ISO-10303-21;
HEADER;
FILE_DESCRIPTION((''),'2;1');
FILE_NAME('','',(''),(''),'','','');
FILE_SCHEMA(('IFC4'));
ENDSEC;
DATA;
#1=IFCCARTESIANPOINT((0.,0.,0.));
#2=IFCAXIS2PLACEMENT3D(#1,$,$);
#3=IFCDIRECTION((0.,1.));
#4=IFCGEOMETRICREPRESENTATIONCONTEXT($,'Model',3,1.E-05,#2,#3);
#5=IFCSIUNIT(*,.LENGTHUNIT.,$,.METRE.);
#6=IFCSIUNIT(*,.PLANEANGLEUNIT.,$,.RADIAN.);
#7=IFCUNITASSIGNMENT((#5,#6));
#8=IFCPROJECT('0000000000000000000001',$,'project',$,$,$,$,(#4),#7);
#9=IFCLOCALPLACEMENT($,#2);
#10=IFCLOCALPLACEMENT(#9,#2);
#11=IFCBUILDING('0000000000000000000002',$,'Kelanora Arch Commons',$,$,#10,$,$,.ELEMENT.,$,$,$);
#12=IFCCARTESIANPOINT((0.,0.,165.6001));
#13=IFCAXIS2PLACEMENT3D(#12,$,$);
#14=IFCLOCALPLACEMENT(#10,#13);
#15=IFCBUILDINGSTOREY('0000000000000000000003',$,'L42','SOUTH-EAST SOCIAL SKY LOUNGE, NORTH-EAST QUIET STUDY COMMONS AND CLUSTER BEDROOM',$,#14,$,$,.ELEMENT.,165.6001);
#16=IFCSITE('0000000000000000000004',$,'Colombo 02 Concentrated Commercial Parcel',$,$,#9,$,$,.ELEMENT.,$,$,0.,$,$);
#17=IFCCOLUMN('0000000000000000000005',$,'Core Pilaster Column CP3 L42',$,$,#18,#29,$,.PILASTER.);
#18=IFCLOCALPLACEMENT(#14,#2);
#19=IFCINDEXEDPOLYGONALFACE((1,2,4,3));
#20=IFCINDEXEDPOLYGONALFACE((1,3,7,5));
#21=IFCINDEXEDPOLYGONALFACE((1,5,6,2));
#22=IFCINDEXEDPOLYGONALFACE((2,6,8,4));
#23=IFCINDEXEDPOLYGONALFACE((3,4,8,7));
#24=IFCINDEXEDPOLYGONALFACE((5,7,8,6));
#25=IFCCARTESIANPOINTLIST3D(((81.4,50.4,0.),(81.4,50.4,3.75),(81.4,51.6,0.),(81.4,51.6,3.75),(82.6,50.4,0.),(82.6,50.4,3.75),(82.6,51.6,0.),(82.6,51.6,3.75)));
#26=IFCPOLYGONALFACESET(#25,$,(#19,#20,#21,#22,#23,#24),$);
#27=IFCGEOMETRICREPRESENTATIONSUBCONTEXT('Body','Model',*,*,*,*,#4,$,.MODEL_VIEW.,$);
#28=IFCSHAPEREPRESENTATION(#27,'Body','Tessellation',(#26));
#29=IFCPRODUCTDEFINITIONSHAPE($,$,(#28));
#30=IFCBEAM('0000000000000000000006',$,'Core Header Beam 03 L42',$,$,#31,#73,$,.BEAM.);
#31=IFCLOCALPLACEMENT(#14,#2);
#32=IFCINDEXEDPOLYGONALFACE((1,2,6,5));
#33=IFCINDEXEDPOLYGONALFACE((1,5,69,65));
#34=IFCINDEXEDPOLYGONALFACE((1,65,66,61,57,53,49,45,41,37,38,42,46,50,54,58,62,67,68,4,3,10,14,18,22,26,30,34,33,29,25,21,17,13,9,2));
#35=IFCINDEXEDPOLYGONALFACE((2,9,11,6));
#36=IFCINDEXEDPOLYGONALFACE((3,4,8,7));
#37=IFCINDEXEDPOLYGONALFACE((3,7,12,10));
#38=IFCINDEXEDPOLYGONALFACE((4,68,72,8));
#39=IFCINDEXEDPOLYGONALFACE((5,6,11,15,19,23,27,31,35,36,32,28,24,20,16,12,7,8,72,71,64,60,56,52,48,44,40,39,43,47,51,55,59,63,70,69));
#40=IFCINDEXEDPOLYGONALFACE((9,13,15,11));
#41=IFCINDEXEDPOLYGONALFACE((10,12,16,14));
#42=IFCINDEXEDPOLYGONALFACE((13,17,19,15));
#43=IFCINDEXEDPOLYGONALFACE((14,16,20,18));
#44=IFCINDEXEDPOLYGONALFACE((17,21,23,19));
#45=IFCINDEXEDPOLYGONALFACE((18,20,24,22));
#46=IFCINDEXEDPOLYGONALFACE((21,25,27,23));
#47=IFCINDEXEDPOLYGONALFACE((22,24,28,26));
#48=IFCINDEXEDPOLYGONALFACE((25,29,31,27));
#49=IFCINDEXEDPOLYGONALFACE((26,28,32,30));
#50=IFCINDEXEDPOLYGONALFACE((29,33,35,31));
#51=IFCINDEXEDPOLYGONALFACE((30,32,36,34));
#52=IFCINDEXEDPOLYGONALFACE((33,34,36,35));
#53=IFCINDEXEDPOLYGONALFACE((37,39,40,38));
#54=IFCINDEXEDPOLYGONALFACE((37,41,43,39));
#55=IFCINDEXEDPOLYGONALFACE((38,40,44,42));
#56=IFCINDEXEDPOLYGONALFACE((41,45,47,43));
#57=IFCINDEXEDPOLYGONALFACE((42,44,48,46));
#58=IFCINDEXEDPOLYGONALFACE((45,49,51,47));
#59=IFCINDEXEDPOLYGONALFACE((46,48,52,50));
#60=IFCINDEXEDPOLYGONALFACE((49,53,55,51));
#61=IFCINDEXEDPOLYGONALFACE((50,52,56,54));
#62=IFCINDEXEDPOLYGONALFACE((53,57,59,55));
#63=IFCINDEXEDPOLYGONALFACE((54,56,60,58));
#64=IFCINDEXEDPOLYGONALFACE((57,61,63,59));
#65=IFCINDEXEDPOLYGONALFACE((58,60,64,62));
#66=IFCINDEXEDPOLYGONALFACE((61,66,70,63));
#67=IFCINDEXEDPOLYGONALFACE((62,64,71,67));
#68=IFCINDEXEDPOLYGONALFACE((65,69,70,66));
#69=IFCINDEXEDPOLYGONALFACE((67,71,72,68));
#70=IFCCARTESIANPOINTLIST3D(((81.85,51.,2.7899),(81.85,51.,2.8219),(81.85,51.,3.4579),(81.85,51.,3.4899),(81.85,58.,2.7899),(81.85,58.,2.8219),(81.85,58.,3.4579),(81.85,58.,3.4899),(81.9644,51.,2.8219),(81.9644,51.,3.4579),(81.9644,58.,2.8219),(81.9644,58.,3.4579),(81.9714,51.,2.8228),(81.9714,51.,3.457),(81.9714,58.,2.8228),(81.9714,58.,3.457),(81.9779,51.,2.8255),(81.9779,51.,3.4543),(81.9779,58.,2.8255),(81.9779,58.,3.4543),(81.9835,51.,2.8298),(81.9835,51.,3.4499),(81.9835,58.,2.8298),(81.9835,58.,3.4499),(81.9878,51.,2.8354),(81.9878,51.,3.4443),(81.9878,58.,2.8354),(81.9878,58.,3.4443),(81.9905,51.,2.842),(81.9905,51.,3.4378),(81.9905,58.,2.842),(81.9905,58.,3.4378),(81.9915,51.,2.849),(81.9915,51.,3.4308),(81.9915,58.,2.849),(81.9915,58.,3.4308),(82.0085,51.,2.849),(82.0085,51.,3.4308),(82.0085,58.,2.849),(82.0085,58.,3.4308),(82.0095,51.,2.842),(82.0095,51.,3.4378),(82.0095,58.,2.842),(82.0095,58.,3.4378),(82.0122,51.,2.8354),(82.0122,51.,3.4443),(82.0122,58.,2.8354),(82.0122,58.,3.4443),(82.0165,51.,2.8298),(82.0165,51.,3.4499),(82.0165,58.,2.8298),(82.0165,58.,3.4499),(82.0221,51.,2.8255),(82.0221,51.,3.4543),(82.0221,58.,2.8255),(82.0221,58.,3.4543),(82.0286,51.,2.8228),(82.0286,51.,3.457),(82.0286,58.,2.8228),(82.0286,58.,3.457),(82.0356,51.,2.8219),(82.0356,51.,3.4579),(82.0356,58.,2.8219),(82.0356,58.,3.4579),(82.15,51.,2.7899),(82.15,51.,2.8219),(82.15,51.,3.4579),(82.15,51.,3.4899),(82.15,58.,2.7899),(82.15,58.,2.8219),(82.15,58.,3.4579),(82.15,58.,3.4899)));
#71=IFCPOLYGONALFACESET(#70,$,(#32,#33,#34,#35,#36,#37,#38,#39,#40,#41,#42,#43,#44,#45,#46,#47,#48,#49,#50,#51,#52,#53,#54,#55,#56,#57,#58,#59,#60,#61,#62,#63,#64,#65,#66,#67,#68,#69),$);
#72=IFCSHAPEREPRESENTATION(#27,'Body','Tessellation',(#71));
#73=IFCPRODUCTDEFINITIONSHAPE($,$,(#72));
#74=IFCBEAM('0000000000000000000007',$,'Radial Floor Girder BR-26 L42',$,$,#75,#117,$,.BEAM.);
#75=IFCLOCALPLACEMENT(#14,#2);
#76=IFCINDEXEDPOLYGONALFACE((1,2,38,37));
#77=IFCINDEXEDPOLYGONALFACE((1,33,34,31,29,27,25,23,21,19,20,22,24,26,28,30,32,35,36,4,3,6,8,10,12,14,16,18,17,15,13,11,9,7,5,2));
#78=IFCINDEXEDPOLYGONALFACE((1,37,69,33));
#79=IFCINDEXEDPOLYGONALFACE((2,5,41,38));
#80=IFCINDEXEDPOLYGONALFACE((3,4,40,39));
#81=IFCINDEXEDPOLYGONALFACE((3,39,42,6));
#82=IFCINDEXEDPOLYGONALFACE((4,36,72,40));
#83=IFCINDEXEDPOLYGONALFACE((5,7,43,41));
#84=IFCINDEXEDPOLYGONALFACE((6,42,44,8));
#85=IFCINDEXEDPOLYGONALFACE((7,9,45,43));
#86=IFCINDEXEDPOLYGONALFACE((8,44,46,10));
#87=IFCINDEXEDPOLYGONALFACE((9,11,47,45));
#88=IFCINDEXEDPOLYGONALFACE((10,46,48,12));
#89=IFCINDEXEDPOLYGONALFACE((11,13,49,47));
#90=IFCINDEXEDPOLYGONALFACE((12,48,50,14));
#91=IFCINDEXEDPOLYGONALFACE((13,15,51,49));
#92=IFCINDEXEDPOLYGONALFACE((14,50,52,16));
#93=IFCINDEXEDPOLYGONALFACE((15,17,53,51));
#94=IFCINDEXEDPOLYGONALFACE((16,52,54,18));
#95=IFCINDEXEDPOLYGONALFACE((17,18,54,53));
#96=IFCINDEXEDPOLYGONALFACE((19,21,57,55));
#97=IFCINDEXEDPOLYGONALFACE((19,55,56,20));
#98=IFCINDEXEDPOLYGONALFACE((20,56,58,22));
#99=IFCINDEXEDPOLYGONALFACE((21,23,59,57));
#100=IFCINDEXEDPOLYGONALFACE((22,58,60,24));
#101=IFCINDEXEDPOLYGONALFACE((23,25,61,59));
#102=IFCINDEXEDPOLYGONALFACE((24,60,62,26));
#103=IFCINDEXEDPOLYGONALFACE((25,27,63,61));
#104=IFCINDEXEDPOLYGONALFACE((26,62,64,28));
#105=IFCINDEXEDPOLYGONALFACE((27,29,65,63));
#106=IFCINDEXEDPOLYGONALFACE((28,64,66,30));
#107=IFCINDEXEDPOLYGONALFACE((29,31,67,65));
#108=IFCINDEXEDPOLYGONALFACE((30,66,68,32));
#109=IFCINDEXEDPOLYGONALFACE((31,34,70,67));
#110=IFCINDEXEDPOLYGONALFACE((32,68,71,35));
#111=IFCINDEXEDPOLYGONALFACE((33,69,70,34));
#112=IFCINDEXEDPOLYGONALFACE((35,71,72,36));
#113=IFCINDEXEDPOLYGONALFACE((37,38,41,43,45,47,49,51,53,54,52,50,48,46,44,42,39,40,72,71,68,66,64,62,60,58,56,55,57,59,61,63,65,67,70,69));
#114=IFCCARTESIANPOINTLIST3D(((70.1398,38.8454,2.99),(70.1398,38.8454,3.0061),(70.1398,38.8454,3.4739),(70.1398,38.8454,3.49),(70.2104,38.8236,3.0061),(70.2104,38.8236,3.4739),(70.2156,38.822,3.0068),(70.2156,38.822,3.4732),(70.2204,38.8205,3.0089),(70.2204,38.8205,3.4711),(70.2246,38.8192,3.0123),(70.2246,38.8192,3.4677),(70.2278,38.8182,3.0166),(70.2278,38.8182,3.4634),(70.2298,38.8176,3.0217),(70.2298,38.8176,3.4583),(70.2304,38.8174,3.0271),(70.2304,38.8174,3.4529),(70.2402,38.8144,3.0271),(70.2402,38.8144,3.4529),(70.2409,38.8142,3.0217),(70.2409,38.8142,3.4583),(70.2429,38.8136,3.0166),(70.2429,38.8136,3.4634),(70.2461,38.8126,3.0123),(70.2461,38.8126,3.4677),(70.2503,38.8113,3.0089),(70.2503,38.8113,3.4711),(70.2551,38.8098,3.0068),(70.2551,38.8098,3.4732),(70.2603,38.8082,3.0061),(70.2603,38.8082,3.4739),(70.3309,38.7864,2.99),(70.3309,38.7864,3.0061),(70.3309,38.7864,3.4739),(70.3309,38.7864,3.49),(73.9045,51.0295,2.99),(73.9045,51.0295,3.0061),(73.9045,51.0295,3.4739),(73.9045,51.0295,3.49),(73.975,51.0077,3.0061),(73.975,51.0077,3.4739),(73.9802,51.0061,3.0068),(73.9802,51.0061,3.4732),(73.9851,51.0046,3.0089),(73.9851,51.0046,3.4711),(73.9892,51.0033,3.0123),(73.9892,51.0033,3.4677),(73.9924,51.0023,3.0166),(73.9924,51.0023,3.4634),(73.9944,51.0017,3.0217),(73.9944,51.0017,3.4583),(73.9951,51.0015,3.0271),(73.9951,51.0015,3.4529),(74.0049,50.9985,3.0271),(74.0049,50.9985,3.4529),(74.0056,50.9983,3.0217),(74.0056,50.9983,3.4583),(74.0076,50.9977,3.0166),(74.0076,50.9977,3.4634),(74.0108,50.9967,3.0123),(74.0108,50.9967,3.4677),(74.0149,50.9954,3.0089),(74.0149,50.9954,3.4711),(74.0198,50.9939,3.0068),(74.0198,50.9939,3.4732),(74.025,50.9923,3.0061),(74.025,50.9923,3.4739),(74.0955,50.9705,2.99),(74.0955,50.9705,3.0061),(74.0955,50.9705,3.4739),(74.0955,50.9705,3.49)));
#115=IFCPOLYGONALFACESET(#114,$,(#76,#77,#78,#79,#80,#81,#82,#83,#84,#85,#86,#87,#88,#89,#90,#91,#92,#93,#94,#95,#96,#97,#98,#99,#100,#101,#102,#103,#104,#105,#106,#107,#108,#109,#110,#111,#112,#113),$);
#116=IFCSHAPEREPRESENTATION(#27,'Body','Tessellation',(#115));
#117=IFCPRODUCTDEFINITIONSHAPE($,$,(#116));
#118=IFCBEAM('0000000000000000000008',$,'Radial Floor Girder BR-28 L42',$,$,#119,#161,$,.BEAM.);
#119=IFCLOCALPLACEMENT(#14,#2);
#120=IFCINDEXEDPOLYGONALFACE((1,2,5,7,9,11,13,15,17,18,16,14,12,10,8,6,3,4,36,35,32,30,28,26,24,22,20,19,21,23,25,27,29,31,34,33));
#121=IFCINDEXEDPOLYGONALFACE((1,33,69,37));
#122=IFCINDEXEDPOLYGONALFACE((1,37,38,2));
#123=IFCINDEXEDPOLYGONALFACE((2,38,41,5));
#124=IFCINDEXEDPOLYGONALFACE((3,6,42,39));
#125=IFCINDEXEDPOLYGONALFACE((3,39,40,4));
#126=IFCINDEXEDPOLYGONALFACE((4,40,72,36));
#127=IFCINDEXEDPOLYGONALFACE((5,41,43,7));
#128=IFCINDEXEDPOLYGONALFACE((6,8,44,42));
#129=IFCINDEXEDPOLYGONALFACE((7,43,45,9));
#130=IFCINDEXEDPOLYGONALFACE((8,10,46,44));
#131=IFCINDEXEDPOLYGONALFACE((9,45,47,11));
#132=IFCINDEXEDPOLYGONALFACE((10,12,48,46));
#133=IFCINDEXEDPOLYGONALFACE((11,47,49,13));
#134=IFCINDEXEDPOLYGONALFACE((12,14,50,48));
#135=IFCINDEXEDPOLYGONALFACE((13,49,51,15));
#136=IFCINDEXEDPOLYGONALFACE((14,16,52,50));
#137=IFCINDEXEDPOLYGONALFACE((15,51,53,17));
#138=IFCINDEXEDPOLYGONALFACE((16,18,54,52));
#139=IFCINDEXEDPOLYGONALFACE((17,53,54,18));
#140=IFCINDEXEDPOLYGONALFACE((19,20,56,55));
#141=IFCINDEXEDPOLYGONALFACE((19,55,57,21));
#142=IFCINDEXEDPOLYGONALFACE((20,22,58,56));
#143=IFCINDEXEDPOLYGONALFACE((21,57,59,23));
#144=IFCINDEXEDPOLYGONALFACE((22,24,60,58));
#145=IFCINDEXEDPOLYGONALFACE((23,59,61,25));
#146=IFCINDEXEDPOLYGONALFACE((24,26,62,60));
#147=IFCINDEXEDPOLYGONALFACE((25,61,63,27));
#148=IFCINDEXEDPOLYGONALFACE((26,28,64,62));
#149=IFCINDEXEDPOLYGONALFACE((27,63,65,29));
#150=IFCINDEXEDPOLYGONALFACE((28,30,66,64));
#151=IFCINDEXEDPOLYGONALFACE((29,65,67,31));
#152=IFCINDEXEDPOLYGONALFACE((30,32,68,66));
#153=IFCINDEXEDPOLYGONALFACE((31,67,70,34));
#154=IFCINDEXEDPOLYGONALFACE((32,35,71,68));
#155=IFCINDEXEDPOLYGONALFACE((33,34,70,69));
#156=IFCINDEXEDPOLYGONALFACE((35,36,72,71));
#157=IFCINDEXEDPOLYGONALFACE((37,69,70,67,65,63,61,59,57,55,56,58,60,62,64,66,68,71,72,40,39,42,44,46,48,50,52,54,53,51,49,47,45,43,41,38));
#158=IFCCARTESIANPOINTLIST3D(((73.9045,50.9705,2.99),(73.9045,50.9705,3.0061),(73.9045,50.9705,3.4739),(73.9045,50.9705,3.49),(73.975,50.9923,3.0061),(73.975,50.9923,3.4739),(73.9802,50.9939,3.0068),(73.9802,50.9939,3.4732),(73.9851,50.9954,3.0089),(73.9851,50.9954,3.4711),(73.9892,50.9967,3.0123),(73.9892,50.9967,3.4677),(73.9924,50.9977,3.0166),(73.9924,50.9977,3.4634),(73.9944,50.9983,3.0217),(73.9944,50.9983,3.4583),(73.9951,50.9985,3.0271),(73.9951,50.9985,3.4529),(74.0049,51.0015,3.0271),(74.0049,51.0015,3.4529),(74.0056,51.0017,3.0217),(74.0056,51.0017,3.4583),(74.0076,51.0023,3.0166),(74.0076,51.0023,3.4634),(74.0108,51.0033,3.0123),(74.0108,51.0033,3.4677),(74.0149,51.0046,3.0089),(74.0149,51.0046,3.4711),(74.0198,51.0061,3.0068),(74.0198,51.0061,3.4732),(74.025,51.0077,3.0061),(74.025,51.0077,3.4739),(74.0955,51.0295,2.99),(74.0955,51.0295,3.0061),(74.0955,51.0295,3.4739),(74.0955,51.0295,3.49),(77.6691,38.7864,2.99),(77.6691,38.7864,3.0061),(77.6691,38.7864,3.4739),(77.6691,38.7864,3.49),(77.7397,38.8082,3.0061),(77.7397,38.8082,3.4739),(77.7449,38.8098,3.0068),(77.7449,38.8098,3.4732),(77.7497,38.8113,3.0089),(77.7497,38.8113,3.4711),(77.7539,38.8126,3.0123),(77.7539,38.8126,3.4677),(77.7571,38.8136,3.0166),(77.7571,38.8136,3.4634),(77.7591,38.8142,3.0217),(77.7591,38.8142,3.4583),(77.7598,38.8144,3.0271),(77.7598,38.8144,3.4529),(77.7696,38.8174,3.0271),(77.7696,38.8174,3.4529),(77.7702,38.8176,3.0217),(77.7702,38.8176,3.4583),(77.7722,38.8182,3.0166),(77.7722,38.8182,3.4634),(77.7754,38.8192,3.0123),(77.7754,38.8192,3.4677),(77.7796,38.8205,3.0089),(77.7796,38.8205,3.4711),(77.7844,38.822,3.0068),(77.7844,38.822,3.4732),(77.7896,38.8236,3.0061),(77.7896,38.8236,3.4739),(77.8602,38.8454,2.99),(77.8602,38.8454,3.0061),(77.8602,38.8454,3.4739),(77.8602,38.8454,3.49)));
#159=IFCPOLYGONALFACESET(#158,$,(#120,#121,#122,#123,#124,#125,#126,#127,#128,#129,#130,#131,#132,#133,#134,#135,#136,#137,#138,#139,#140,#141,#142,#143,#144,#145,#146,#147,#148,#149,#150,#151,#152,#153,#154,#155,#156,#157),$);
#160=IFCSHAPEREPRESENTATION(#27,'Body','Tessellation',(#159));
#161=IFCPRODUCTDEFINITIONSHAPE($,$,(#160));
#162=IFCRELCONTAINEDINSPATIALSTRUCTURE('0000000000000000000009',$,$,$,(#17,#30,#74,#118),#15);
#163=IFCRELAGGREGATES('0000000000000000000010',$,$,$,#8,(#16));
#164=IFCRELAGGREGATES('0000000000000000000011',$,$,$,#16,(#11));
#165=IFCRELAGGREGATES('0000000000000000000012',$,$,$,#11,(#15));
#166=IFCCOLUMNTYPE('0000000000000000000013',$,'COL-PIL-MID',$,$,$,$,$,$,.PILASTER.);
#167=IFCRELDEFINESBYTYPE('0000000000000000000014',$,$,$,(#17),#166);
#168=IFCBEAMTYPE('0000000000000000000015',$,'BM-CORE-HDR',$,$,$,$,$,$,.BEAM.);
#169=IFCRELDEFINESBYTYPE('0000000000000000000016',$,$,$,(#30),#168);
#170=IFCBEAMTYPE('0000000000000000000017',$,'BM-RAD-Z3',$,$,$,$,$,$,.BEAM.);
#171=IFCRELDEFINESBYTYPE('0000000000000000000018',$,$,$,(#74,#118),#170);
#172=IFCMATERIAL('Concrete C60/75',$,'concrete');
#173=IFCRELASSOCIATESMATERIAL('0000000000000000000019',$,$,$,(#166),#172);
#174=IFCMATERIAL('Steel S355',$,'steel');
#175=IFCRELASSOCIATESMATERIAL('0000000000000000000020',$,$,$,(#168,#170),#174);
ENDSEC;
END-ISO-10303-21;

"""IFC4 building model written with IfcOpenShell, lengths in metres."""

from ifc_helpers import new_model, si_unit, direction, frame, origin, origin_2d, place, context, subcontext, project, spatial, rectangle, i_section, extrude, material, material_profile, profile_set, type_object, element, save


model = new_model("IFC4")

# Units and contexts
model_context = context("Model", 3, precision=1e-05, world=origin(), true_north=direction((0.0, 1.0)))
body_context = subcontext(model_context, "Body", "Model", "MODEL_VIEW")
ifc_project = project(units=[si_unit("LENGTHUNIT", "METRE"), si_unit("PLANEANGLEUNIT", "RADIAN")], contexts=[model_context])

# Site, building, storey
site_placement = place(None, origin())
site = spatial("IfcSite", under=ifc_project, at=site_placement, Name="Colombo 02 Concentrated Commercial Parcel", CompositionType="ELEMENT", RefElevation=0.0)
building_placement = place(site_placement, origin())
building = spatial("IfcBuilding", under=site, at=building_placement, Name="Kelanora Arch Commons", CompositionType="ELEMENT")
storey_placement = place(building_placement, frame((0.0, 0.0, 165.6001)))
storey = spatial("IfcBuildingStorey", under=building, at=storey_placement, Name="L42", Description="SOUTH-EAST SOCIAL SKY LOUNGE, NORTH-EAST QUIET STUDY COMMONS AND CLUSTER BEDROOM", CompositionType="ELEMENT", Elevation=165.6001)

# Column
ifc_material_1 = material(Name="Concrete C60/75", Category="concrete")
ifc_material_profile_1 = material_profile(ifc_material_1, rectangle(XDim=1.2, YDim=1.2, at=origin_2d()), Name="RC1200x1200")
ifc_profile_set_1 = profile_set([ifc_material_profile_1], Name="Concrete C60/75")
column_type = type_object("IfcColumnType", Name="COL-PIL-MID", PredefinedType="PILASTER", material=ifc_profile_set_1)
column_placement = place(storey_placement, frame((82.0, 51.0, 0.0), z_axis=(0.0, 0.0, 1.0), x_axis=(1.0, 0.0, 0.0)))
element("IfcColumn", 1, at=column_placement, inside=storey, type_object=column_type, Name="Core Pilaster Column CP3 L42", PredefinedType="PILASTER", context=body_context, shape_type="SweptSolid", body=[
    extrude(rectangle(XDim=1.2, YDim=1.2, at=origin_2d()), origin(), (0.0, 0.0, 1.0), 3.75),
])

# Beams
ifc_material_2 = material(Name="Steel S355", Category="steel")
ifc_material_profile_2 = material_profile(ifc_material_2, i_section(OverallWidth=0.3, OverallDepth=0.7, WebThickness=0.0171, FlangeThickness=0.032, FilletRadius=0.0271, at=origin_2d()), Name="HEB700")
ifc_profile_set_2 = profile_set([ifc_material_profile_2], Name="Steel S355")
beam_type_1 = type_object("IfcBeamType", Name="BM-CORE-HDR", PredefinedType="BEAM", material=ifc_profile_set_2)
beam_1_placement = place(storey_placement, frame((82.0, 51.0, 3.1399), z_axis=(0.0, 1.0, 0.0), x_axis=(-1.0, 0.0, 0.0)))
element("IfcBeam", 2, at=beam_1_placement, inside=storey, type_object=beam_type_1, Name="Core Header Beam 03 L42", PredefinedType="BEAM", context=body_context, shape_type="SweptSolid", body=[
    extrude(i_section(OverallWidth=0.3, OverallDepth=0.7, WebThickness=0.0171, FlangeThickness=0.032, FilletRadius=0.0271, at=origin_2d()), origin(), (0.0, 0.0, 1.0), 7.0),
])
ifc_material_profile_3 = material_profile(ifc_material_2, i_section(OverallWidth=0.2, OverallDepth=0.5, WebThickness=0.0103, FlangeThickness=0.0161, FilletRadius=0.021, at=origin_2d()), Name="IPE500")
ifc_profile_set_3 = profile_set([ifc_material_profile_3], Name="Steel S355")
beam_type_2 = type_object("IfcBeamType", Name="BM-RAD-Z3", PredefinedType="BEAM", material=ifc_profile_set_3)
for number, where, z_axis, x_axis, name in (
    (3, (74.0, 51.0, 3.24), (-0.29521, -0.955432, 0.0), (0.955432, -0.29521, 0.0), "Radial Floor Girder BR-26 L42"),
    (4, (74.0, 51.0, 3.24), (0.29521, -0.955432, 0.0), (0.955432, 0.29521, 0.0), "Radial Floor Girder BR-28 L42"),
):
    element("IfcBeam", number, at=place(storey_placement, frame(where, z_axis=z_axis, x_axis=x_axis)), inside=storey, type_object=beam_type_2, Name=name, PredefinedType="BEAM", context=body_context, shape_type="SweptSolid", body=[
        extrude(i_section(OverallWidth=0.2, OverallDepth=0.5, WebThickness=0.0103, FlangeThickness=0.0161, FilletRadius=0.021, at=origin_2d()), origin(), (0.0, 0.0, 1.0), 12.7524),
    ])

save(model, "model.ifc")
